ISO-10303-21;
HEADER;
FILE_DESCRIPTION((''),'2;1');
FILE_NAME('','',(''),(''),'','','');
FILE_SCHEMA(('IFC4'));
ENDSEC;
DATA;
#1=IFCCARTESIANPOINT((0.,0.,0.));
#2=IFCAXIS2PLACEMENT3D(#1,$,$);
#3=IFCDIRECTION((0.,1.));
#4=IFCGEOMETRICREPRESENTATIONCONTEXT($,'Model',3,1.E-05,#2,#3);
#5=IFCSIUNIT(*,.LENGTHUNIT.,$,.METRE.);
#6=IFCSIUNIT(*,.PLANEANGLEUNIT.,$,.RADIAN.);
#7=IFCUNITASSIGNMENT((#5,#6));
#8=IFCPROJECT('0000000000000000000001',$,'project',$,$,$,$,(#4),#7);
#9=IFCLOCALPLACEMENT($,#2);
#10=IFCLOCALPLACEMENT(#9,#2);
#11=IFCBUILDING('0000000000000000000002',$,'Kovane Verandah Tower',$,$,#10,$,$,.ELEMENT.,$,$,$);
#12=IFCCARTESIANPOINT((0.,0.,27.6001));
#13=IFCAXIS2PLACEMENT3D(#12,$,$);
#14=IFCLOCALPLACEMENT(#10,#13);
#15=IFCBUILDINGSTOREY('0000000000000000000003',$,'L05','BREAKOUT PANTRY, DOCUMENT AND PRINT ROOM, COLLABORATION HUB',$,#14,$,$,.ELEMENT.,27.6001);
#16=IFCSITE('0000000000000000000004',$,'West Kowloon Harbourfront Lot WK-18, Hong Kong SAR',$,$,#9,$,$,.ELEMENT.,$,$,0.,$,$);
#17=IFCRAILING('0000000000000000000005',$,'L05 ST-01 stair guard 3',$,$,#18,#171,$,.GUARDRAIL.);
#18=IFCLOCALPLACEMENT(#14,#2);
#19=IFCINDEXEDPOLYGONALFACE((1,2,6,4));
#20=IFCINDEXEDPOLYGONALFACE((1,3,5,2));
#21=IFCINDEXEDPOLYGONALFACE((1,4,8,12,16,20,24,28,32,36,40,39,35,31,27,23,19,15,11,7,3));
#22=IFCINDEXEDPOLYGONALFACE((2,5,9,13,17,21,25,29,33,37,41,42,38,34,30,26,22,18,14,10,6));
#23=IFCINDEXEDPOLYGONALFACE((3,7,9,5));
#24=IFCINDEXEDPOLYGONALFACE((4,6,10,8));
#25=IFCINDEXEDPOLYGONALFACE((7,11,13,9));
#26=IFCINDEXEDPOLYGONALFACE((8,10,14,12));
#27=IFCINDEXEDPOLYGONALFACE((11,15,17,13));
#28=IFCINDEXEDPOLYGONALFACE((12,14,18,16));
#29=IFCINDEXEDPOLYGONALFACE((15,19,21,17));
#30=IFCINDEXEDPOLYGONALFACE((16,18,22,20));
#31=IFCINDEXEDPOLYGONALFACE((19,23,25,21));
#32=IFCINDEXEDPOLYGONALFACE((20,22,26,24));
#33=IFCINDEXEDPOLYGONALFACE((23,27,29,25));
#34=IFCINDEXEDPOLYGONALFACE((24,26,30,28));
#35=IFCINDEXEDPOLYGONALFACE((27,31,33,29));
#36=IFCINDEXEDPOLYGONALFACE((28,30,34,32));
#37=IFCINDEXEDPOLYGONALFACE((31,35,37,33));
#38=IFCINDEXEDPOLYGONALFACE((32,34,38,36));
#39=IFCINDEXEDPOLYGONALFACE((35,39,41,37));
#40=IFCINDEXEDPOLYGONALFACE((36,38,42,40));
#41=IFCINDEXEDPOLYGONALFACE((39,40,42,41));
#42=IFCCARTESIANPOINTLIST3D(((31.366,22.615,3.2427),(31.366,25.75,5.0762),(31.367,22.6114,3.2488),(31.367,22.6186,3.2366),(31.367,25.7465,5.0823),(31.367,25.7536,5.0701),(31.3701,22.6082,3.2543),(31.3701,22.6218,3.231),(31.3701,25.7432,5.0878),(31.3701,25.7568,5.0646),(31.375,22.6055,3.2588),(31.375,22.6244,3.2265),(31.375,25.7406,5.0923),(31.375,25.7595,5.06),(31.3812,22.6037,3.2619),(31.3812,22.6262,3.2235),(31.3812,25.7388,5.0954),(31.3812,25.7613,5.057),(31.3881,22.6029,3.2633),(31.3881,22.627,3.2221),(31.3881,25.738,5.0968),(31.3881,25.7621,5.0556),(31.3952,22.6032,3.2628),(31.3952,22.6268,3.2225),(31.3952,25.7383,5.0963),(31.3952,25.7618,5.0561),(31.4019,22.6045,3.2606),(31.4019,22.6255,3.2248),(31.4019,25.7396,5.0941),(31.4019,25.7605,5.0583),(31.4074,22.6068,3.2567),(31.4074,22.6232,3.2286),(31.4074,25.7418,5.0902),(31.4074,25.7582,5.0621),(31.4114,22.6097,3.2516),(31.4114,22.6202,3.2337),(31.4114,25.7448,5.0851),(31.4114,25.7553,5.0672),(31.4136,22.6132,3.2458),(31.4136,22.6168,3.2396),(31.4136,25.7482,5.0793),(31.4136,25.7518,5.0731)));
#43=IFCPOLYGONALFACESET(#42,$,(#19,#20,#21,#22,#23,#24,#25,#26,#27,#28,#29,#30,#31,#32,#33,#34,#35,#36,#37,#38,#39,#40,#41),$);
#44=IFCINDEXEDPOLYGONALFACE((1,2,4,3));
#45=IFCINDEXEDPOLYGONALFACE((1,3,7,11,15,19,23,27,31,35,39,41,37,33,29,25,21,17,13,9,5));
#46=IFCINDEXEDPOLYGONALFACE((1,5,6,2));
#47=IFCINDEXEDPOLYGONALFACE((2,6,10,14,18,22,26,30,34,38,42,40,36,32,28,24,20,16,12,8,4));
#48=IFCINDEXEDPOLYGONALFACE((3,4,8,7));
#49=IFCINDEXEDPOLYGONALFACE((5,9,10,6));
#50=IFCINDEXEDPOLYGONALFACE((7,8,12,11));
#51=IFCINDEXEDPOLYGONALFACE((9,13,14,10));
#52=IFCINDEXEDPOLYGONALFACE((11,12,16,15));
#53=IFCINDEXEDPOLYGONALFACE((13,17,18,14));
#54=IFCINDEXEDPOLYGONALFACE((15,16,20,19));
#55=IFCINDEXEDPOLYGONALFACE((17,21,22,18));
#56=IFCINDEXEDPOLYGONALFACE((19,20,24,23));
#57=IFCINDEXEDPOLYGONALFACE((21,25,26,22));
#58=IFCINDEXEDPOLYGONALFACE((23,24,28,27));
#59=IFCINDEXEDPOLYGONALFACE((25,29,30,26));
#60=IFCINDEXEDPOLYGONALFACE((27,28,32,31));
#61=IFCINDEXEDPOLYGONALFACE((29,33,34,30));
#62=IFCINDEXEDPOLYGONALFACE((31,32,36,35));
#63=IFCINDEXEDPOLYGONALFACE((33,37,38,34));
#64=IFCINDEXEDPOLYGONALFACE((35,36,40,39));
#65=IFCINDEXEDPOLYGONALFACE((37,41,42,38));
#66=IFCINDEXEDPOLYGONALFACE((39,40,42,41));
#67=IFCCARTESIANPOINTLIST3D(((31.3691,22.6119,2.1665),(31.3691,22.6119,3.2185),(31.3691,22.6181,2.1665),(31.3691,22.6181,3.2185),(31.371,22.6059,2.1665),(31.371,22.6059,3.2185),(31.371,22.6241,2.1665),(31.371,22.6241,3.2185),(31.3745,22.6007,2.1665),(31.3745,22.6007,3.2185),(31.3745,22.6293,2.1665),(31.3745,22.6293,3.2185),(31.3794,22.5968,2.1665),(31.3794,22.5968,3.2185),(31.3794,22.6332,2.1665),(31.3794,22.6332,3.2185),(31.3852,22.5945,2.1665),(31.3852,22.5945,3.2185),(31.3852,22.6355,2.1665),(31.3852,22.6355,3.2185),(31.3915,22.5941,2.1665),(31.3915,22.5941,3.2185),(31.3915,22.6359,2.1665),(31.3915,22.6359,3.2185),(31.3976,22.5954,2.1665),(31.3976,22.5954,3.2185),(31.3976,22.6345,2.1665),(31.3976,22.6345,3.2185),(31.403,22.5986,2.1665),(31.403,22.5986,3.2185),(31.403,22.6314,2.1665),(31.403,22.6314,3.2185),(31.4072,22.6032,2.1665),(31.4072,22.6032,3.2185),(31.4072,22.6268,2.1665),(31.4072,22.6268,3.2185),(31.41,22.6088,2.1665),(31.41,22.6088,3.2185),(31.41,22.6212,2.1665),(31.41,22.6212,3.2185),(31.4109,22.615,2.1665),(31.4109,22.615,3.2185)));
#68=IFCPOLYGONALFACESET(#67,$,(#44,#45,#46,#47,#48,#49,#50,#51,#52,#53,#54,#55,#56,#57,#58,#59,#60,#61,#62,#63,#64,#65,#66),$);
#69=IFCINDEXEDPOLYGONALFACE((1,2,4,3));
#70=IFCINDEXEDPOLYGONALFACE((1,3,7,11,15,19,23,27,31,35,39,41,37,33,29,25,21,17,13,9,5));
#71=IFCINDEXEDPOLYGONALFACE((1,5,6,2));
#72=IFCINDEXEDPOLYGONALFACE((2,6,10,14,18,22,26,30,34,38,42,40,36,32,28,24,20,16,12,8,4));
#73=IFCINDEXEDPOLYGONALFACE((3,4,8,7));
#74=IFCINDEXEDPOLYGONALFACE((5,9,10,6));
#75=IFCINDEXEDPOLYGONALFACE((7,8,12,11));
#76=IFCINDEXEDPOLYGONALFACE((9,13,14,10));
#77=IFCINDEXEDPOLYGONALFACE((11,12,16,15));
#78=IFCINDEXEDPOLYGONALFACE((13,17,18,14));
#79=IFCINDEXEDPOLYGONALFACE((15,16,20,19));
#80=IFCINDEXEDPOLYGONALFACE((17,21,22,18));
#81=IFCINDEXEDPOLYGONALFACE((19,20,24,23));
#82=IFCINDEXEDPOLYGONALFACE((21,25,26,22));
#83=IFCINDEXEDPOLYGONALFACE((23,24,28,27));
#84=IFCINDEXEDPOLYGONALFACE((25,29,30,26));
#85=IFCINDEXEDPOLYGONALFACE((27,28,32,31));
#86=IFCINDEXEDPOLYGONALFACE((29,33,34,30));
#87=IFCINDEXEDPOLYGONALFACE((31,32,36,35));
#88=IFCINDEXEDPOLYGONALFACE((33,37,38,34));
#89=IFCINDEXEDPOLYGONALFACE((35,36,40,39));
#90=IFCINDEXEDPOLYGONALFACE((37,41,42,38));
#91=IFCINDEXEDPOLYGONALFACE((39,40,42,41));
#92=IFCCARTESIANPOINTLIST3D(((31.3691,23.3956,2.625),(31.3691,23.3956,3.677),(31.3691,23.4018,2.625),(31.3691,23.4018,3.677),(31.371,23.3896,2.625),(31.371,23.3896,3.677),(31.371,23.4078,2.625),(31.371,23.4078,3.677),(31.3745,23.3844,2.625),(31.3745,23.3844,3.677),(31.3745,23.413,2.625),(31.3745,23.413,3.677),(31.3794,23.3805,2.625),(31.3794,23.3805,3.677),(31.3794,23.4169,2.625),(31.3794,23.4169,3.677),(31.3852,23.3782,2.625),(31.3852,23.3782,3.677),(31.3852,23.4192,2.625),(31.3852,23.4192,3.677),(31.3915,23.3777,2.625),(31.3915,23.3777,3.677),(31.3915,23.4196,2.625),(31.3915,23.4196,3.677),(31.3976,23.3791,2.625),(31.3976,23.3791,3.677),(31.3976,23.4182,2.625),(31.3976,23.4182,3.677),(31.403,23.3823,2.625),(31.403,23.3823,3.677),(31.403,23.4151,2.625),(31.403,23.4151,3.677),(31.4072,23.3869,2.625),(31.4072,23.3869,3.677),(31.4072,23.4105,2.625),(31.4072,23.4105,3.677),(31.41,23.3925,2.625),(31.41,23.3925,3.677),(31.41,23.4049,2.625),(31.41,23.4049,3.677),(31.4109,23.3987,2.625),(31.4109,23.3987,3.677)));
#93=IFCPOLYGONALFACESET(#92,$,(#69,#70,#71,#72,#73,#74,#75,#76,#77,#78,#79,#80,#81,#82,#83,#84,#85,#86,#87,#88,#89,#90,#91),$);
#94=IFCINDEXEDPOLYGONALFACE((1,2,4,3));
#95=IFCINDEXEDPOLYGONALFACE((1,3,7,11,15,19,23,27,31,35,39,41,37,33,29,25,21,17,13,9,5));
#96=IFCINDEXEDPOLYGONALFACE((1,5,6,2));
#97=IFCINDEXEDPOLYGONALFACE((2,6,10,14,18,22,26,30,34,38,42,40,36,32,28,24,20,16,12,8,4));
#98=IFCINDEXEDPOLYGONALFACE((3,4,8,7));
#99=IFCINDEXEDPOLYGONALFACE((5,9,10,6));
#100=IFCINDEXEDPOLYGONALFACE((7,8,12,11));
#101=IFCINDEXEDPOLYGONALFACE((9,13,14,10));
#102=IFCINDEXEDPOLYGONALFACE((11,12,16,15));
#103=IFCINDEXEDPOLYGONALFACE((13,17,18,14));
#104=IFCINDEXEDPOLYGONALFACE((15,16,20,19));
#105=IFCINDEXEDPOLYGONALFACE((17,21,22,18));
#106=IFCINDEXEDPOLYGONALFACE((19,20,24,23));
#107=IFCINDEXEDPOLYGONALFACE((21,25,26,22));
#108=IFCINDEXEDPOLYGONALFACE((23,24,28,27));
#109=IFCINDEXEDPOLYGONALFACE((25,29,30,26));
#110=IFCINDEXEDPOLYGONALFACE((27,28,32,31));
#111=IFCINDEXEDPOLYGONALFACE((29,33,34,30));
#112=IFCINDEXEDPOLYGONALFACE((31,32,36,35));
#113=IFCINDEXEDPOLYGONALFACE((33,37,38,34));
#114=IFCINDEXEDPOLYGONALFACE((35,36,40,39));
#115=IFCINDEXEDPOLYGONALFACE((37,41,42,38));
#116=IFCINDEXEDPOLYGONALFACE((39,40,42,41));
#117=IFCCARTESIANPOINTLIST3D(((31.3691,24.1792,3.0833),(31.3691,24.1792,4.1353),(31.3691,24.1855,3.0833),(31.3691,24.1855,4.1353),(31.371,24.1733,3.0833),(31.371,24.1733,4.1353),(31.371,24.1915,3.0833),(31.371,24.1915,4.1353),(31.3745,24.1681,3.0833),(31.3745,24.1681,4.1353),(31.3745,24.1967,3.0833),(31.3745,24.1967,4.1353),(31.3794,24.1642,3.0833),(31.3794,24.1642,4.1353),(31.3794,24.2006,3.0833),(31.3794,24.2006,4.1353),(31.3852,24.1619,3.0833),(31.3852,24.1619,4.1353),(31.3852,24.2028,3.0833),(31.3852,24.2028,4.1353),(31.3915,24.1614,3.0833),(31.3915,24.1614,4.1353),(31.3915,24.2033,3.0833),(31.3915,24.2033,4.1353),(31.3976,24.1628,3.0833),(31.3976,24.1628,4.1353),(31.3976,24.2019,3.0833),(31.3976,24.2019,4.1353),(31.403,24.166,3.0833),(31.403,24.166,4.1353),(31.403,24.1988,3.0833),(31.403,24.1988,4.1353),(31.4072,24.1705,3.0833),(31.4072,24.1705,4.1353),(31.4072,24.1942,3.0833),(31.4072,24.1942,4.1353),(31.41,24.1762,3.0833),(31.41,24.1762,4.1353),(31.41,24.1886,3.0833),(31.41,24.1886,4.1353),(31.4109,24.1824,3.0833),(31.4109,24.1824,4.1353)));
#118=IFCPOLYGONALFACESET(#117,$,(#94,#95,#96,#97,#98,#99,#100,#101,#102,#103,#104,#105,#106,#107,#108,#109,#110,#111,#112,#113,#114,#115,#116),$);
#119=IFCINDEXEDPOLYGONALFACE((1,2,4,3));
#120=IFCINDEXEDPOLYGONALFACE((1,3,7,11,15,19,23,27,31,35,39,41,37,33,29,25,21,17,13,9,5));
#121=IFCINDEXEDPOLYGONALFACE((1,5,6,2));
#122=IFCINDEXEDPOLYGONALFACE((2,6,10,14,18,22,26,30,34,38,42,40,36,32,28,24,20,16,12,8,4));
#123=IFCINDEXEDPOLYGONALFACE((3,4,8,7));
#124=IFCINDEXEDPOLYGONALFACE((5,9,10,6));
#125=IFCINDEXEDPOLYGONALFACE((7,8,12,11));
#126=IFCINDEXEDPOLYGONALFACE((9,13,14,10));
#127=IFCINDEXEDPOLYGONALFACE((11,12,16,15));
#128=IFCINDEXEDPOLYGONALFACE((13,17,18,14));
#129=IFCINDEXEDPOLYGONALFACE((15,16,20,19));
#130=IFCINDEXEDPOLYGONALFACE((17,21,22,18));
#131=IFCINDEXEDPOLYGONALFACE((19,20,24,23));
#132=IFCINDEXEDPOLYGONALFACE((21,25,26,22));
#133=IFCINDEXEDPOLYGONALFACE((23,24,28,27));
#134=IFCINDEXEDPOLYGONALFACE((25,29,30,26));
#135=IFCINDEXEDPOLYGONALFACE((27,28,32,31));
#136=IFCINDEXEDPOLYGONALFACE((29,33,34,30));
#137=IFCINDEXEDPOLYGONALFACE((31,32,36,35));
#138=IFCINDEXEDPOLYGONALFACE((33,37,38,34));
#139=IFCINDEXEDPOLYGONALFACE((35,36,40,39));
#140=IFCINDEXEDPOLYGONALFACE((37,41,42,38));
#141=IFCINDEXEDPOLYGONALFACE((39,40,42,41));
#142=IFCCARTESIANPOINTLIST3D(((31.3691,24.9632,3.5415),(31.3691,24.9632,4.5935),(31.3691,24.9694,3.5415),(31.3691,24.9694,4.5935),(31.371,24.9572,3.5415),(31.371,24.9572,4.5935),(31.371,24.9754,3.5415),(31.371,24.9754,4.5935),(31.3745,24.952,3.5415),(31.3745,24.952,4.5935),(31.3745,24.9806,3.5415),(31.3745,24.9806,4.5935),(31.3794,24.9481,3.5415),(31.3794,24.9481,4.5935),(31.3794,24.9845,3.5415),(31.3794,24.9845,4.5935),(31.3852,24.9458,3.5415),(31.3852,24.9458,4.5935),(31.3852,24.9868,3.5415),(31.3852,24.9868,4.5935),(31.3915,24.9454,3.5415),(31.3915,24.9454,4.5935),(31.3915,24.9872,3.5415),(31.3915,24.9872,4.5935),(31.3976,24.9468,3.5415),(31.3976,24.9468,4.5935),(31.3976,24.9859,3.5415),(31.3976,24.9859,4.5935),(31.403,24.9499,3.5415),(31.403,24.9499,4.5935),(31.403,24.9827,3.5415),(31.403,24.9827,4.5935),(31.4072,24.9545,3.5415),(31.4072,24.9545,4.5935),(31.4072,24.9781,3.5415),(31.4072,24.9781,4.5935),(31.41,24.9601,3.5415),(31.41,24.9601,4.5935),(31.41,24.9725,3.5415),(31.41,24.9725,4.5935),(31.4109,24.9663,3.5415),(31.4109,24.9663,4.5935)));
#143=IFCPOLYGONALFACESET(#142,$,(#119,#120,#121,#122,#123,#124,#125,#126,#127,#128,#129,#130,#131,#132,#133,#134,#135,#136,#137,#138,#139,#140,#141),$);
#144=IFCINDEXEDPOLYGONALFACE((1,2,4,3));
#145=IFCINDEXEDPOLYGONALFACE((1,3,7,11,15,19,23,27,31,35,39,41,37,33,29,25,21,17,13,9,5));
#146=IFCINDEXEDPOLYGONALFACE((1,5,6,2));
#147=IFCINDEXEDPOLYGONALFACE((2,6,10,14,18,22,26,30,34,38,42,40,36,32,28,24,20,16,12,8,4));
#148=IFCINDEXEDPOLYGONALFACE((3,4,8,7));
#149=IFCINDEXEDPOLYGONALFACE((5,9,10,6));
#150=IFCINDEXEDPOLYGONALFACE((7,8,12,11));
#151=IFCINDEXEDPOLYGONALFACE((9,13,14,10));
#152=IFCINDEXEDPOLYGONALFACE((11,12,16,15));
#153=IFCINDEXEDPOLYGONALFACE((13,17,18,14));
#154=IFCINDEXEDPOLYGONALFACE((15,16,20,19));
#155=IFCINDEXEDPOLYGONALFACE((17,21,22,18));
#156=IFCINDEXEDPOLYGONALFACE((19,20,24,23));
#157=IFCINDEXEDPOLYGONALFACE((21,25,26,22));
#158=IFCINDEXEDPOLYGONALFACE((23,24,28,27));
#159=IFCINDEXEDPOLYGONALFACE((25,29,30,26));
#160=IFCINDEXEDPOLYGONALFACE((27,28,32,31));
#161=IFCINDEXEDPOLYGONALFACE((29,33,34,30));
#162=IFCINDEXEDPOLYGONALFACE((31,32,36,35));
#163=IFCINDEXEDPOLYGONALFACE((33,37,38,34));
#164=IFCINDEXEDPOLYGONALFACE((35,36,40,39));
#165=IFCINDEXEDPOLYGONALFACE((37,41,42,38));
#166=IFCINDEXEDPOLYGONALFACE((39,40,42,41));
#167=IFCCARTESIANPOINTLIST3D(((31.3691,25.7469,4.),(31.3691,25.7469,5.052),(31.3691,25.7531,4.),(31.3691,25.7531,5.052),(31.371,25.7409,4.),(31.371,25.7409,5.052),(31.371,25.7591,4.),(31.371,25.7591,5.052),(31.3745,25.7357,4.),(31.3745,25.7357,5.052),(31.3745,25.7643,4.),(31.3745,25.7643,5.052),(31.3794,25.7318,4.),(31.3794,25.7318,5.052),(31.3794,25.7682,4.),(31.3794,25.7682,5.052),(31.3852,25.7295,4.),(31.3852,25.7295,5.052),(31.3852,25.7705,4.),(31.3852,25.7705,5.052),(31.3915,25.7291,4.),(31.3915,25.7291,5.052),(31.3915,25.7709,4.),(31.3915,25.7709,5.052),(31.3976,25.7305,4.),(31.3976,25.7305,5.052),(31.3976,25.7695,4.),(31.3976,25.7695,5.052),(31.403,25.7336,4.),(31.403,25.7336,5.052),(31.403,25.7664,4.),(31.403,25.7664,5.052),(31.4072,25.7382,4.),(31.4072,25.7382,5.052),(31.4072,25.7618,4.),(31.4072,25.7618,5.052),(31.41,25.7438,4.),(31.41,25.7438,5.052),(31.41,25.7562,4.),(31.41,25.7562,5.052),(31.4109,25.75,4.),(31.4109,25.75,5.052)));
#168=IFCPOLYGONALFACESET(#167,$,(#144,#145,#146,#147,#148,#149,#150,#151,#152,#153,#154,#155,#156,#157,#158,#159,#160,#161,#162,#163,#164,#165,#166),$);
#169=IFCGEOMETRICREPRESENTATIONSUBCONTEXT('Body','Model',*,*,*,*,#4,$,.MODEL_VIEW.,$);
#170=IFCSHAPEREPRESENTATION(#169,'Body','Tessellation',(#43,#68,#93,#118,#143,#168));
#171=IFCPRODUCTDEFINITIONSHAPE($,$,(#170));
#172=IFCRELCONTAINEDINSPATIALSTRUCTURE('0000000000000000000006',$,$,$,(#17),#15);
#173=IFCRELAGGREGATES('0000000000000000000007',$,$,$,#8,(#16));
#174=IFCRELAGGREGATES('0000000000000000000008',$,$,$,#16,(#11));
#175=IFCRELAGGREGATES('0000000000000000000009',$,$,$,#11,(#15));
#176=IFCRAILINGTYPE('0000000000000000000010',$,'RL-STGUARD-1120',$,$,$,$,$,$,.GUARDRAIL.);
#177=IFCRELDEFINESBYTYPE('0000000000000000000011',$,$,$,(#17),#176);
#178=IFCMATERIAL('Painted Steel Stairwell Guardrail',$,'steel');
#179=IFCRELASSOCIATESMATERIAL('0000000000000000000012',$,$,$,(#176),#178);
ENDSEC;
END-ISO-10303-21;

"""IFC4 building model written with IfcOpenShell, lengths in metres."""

from ifc_helpers import new_model, si_unit, direction, frame, origin, origin_2d, place, context, subcontext, project, spatial, circle, extrude, material, type_object, element, save


model = new_model("IFC4")

# Units and contexts
model_context = context("Model", 3, precision=1e-05, world=origin(), true_north=direction((0.0, 1.0)))
body_context = subcontext(model_context, "Body", "Model", "MODEL_VIEW")
ifc_project = project(units=[si_unit("LENGTHUNIT", "METRE"), si_unit("PLANEANGLEUNIT", "RADIAN")], contexts=[model_context])

# Site, building, storey
site_placement = place(None, origin())
site = spatial("IfcSite", under=ifc_project, at=site_placement, Name="West Kowloon Harbourfront Lot WK-18, Hong Kong SAR", CompositionType="ELEMENT", RefElevation=0.0)
building_placement = place(site_placement, origin())
building = spatial("IfcBuilding", under=site, at=building_placement, Name="Kovane Verandah Tower", CompositionType="ELEMENT")
storey_placement = place(building_placement, frame((0.0, 0.0, 27.6001)))
storey = spatial("IfcBuildingStorey", under=building, at=storey_placement, Name="L05", Description="BREAKOUT PANTRY, DOCUMENT AND PRINT ROOM, COLLABORATION HUB", CompositionType="ELEMENT", Elevation=27.6001)

# Railing
ifc_material_1 = material(Name="Painted Steel Stairwell Guardrail", Category="steel")
railing_type_1 = type_object("IfcRailingType", Name="RL-STGUARD-1120", PredefinedType="GUARDRAIL", material=ifc_material_1)
railing_1_placement = place(storey_placement, frame((31.3899, 22.615, 2.1665)))
element("IfcRailing", 1, at=railing_1_placement, inside=storey, type_object=railing_type_1, Name="L05 ST-01 stair guard 3", PredefinedType="GUARDRAIL", context=body_context, shape_type="SweptSolid", body=[
    extrude(circle(Radius=0.0239, at=origin_2d()), frame((0.0, 0.0, 1.0762), z_axis=(0.0, 0.86321, 0.504845), x_axis=(-1.0, 0.0, 0.0)), (0.0, 0.0, 1.0), 3.6318),
    extrude(circle(Radius=0.021, at=origin_2d()), origin(), (0.0, 0.0, 1.0), 1.052),
    extrude(circle(Radius=0.021, at=origin_2d()), frame((0.0, 0.7837, 0.4585)), (0.0, 0.0, 1.0), 1.052),
    extrude(circle(Radius=0.021, at=origin_2d()), frame((0.0, 1.5674, 0.9167)), (0.0, 0.0, 1.0), 1.052),
    extrude(circle(Radius=0.021, at=origin_2d()), frame((0.0, 2.3513, 1.375)), (0.0, 0.0, 1.0), 1.052),
    extrude(circle(Radius=0.021, at=origin_2d()), frame((0.0, 3.135, 1.8335)), (0.0, 0.0, 1.0), 1.052),
])

save(model, "model.ifc")
